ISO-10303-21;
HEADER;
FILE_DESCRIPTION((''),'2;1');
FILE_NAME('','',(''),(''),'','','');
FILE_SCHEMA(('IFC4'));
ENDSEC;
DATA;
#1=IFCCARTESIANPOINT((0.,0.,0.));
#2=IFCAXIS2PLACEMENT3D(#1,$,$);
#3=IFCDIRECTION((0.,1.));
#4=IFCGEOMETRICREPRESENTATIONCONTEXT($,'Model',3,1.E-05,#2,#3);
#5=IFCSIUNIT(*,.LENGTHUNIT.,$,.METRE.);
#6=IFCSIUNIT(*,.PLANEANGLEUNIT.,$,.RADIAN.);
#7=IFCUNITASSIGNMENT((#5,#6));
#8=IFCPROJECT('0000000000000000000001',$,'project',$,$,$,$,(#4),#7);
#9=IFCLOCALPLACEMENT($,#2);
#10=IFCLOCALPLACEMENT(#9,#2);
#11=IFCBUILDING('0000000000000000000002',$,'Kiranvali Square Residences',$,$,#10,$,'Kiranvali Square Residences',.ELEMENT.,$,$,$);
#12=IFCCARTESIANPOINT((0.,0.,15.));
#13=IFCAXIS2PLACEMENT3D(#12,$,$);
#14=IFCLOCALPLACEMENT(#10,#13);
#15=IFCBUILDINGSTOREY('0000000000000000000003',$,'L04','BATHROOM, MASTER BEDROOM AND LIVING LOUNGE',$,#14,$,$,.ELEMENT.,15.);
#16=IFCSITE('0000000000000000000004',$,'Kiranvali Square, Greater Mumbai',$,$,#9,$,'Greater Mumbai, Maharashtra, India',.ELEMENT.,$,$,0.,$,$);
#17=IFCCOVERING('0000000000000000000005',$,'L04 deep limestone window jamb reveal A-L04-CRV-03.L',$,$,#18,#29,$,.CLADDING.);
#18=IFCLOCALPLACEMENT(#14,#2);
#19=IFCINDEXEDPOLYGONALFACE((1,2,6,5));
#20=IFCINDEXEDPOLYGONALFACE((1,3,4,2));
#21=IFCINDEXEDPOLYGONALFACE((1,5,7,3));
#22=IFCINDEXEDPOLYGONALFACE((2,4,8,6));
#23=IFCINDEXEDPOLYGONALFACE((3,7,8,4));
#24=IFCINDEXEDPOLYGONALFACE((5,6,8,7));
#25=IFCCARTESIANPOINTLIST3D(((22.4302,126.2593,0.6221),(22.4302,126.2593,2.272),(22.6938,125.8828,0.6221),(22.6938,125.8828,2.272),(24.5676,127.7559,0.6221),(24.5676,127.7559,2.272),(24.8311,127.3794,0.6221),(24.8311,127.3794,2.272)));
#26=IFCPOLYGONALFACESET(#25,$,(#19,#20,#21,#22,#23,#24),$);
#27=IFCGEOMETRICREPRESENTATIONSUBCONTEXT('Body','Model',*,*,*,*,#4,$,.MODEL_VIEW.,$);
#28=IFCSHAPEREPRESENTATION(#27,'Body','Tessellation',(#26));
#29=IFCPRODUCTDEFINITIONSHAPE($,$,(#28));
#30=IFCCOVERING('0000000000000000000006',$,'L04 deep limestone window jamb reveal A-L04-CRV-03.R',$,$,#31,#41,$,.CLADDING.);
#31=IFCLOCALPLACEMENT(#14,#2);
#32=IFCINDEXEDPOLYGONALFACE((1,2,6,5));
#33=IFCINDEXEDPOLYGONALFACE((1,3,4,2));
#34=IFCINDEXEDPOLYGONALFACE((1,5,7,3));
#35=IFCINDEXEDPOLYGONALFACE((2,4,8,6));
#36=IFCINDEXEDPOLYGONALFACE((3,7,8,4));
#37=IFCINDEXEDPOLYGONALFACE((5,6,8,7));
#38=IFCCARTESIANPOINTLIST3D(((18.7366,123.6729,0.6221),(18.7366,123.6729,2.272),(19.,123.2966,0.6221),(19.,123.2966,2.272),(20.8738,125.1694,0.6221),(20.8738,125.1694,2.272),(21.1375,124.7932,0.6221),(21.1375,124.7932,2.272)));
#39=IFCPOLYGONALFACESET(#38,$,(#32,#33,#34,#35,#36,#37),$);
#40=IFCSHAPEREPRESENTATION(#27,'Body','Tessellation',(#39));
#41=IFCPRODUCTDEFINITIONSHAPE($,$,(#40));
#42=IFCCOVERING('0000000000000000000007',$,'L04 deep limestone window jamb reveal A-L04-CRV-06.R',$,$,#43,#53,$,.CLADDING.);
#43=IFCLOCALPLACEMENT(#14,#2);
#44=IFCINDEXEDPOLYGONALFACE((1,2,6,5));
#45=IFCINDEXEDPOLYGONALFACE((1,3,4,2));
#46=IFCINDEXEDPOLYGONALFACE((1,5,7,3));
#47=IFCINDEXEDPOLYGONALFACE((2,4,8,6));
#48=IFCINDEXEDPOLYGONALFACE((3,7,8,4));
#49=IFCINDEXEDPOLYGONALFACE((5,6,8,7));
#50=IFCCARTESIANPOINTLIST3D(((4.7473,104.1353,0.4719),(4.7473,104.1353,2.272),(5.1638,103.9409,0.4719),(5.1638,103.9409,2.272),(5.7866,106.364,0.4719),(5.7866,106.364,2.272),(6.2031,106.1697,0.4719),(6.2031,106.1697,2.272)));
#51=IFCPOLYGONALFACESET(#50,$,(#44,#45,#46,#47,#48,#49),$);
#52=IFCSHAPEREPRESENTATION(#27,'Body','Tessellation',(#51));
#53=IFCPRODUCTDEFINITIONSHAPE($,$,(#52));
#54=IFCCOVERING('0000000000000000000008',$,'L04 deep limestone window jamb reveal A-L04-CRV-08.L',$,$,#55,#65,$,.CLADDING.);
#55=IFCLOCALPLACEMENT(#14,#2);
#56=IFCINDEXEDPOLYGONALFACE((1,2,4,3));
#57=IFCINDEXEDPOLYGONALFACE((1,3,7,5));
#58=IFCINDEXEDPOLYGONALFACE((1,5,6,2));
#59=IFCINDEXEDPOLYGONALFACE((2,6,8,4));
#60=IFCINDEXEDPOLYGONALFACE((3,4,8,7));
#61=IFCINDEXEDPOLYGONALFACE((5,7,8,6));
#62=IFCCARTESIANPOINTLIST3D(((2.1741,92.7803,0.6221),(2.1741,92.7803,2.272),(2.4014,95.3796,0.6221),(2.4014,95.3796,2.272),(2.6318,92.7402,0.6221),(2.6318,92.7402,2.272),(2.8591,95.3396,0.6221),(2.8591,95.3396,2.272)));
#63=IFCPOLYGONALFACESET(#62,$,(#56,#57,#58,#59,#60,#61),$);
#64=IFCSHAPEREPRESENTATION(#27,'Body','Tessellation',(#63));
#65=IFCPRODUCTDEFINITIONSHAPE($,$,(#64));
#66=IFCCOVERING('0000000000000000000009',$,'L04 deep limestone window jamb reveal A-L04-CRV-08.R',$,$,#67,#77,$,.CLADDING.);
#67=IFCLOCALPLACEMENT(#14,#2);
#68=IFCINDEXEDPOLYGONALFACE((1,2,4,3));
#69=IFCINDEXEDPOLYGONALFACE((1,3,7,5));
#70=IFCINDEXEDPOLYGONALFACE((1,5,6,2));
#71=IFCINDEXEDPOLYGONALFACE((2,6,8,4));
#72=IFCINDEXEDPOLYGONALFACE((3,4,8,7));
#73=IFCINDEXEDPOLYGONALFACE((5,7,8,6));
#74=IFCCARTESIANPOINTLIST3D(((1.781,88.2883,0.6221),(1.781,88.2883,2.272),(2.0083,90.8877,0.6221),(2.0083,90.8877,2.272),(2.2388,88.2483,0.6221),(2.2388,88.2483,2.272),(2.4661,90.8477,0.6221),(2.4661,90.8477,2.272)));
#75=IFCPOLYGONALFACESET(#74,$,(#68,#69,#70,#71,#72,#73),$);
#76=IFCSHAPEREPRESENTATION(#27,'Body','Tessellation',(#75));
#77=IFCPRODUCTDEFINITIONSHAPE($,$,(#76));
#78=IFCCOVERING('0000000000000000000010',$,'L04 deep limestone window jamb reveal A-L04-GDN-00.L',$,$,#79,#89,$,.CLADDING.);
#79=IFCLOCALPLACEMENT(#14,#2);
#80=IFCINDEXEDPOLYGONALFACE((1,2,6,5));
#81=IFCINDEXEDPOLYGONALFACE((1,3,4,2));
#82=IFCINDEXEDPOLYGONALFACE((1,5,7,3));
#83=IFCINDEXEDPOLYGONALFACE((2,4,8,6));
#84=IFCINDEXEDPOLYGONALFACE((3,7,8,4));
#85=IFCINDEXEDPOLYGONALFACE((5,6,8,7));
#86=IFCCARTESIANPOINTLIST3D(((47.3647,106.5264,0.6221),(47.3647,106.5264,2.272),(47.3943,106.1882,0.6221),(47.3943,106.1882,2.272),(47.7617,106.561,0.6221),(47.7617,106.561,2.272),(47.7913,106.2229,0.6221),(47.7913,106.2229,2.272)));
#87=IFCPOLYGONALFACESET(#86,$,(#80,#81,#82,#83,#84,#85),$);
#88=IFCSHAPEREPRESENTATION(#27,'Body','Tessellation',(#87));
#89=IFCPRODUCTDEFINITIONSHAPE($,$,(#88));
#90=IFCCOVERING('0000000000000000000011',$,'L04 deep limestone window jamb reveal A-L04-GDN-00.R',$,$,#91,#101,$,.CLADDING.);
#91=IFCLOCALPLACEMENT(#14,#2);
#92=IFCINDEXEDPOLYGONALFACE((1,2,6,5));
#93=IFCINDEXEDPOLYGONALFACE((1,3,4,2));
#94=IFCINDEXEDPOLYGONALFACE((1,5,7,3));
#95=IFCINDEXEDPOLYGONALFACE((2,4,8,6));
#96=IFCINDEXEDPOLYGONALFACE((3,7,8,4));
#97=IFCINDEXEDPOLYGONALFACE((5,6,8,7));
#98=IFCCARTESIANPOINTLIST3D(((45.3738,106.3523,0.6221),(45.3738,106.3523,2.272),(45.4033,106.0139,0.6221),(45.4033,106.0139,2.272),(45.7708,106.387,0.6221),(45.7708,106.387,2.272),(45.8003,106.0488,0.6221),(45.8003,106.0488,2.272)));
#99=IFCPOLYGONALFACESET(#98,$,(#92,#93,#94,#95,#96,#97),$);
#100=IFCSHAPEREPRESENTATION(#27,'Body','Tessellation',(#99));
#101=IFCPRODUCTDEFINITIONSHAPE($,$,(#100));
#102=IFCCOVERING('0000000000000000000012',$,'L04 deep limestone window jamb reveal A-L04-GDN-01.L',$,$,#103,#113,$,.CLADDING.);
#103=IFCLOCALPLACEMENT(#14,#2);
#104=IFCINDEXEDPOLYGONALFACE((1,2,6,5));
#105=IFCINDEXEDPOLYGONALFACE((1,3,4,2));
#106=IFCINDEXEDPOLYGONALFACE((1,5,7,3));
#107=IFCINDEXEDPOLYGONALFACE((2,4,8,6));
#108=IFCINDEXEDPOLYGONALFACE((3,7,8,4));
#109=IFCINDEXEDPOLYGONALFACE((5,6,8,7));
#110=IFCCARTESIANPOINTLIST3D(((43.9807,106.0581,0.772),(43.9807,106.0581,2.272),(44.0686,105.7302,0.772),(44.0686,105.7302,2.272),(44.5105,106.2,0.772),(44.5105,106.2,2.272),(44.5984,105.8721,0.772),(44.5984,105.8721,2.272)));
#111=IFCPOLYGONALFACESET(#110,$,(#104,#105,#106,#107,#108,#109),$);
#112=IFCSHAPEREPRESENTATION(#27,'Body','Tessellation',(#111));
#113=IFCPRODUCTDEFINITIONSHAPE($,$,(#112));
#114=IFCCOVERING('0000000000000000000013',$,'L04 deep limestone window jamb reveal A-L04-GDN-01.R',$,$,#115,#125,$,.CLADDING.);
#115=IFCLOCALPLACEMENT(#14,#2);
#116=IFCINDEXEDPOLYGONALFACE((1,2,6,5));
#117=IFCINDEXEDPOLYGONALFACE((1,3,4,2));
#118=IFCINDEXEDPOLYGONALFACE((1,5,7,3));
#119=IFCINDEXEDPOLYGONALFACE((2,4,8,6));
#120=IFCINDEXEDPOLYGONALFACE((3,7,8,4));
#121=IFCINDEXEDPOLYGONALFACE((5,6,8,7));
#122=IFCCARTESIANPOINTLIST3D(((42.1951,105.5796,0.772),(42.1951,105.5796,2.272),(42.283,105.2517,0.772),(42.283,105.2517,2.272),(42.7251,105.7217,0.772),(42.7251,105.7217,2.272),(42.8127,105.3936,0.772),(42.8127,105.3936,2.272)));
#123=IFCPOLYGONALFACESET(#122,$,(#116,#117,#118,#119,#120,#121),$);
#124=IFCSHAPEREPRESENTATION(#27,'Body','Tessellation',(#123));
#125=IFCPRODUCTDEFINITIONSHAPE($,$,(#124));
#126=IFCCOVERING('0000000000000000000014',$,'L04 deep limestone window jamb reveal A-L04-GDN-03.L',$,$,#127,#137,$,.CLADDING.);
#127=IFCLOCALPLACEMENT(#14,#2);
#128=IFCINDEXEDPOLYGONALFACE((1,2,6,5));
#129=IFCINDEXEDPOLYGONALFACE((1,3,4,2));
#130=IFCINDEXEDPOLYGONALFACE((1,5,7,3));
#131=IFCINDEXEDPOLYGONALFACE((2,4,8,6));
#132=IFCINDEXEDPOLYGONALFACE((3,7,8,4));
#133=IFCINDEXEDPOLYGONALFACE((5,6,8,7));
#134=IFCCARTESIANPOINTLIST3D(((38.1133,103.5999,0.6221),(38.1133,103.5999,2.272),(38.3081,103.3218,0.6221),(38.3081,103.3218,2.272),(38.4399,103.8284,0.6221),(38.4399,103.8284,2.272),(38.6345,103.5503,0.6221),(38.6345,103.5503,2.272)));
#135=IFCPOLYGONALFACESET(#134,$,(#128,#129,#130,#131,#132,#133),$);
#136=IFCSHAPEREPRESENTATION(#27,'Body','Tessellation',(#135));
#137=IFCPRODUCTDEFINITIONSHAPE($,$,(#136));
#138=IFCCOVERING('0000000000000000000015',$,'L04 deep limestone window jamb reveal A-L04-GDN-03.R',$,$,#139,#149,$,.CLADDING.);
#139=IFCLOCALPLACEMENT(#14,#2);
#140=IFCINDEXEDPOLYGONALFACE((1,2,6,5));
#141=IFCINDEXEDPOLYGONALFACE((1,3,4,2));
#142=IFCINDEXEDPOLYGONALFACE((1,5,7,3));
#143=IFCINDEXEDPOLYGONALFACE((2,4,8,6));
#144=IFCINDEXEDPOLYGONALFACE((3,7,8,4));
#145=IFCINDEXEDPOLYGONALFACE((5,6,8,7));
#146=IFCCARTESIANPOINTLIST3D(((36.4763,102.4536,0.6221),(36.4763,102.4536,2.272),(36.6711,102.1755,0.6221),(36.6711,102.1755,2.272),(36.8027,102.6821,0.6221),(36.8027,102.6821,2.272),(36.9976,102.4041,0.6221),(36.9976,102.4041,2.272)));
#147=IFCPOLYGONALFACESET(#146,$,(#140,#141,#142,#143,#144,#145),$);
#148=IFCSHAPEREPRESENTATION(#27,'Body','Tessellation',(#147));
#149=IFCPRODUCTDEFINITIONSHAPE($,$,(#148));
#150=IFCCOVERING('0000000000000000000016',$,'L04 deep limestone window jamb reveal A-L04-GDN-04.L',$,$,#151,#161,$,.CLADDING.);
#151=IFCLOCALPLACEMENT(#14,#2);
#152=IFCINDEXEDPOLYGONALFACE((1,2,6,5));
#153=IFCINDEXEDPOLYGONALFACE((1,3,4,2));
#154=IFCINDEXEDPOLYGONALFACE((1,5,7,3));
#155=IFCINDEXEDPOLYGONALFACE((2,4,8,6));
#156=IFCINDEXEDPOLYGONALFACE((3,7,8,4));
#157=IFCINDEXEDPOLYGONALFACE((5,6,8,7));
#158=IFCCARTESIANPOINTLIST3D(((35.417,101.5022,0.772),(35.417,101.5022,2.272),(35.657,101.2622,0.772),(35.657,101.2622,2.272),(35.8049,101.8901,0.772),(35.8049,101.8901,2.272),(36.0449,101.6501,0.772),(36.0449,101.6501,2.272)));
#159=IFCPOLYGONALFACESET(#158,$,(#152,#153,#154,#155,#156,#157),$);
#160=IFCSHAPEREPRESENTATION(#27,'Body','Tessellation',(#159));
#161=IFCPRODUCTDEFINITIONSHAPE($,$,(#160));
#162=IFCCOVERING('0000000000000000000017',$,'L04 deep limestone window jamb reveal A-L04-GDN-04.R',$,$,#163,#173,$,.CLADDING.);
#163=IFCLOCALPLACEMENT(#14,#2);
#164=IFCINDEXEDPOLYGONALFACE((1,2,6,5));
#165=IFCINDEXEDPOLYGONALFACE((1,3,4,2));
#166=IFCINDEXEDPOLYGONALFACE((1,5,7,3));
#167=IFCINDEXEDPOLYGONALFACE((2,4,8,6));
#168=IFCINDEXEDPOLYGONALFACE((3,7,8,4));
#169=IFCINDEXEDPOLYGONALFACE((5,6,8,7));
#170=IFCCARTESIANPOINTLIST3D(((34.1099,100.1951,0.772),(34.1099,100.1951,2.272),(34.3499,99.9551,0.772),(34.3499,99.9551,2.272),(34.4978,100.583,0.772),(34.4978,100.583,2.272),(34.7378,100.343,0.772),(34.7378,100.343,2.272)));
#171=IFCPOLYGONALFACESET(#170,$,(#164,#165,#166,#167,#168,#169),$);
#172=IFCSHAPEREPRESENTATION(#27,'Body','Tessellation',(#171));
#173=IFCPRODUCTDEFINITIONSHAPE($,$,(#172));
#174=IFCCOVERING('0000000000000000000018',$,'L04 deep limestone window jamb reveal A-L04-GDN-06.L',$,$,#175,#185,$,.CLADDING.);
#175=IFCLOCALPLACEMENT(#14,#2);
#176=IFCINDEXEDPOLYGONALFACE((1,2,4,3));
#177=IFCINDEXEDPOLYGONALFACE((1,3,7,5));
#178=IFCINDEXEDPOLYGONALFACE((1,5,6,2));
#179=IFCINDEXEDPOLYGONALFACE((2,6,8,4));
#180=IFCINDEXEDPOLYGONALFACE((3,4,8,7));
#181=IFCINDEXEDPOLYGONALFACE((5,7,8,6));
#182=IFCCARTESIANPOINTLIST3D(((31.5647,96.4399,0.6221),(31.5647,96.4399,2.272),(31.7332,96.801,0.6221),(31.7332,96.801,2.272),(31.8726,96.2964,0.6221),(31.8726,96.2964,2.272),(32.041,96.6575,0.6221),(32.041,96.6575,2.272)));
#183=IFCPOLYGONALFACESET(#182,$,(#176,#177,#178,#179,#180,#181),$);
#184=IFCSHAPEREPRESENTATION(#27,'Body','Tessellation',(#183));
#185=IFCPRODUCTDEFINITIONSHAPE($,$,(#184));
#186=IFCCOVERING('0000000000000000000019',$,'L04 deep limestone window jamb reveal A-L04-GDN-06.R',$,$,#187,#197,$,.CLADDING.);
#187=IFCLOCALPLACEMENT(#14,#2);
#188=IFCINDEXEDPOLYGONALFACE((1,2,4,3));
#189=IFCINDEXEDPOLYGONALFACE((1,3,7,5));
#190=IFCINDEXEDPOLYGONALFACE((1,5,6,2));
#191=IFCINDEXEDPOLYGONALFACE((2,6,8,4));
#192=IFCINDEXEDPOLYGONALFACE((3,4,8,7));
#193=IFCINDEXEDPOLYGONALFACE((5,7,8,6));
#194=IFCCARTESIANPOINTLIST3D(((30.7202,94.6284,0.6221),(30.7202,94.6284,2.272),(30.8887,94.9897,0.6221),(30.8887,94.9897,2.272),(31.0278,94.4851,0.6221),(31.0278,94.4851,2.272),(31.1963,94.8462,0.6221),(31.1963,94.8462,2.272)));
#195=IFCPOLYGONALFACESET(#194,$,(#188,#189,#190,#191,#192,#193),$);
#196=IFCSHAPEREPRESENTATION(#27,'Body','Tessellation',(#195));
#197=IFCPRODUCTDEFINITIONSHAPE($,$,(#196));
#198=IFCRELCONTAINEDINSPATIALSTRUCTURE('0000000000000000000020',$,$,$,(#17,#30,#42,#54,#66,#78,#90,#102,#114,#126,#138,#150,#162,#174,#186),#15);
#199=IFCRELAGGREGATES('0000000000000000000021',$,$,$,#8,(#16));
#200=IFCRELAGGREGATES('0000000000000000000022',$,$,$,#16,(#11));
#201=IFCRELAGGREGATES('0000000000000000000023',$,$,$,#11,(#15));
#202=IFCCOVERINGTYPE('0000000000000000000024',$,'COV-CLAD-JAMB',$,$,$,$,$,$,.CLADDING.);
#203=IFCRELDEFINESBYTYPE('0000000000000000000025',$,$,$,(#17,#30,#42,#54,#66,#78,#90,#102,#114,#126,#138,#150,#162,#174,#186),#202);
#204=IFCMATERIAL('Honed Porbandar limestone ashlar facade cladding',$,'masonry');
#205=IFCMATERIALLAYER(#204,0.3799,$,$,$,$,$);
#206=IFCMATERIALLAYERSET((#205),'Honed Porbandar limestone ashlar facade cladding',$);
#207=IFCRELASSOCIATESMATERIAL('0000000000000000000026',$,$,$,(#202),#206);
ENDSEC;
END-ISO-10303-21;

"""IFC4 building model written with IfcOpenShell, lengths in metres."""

from ifc_helpers import new_model, si_unit, direction, frame, origin, place, context, subcontext, project, spatial, polyline, outline, extrude, material, layer, layer_set, type_object, element, save


model = new_model("IFC4")

# Units and contexts
model_context = context("Model", 3, precision=1e-05, world=origin(), true_north=direction((0.0, 1.0)))
body_context = subcontext(model_context, "Body", "Model", "MODEL_VIEW")
ifc_project = project(units=[si_unit("LENGTHUNIT", "METRE"), si_unit("PLANEANGLEUNIT", "RADIAN")], contexts=[model_context])

# Site, building, storey
site_placement = place(None, origin())
site = spatial("IfcSite", under=ifc_project, at=site_placement, Name="Kiranvali Square, Greater Mumbai", LongName="Greater Mumbai, Maharashtra, India", CompositionType="ELEMENT", RefElevation=0.0)
building_placement = place(site_placement, origin())
building = spatial("IfcBuilding", under=site, at=building_placement, Name="Kiranvali Square Residences", LongName="Kiranvali Square Residences", CompositionType="ELEMENT")
storey_placement = place(building_placement, frame((0.0, 0.0, 15.0)))
storey = spatial("IfcBuildingStorey", under=building, at=storey_placement, Name="L04", Description="BATHROOM, MASTER BEDROOM AND LIVING LOUNGE", CompositionType="ELEMENT", Elevation=15.0)

# Coverings
ifc_material = material(Name="Honed Porbandar limestone ashlar facade cladding", Category="masonry")
ifc_layer = layer(ifc_material, 0.3799)
ifc_layer_set = layer_set([ifc_layer], Name="Honed Porbandar limestone ashlar facade cladding")
covering_type = type_object("IfcCoveringType", Name="COV-CLAD-JAMB", PredefinedType="CLADDING", material=ifc_layer_set)
covering_1_placement = place(storey_placement, frame((0.0, 0.0, 0.6221)))
element("IfcCovering", 1, at=covering_1_placement, inside=storey, type_object=covering_type, Name="L04 deep limestone window jamb reveal A-L04-CRV-03.L", PredefinedType="CLADDING", context=body_context, shape_type="SweptSolid", body=[
    extrude(outline(polyline([(24.5676, 127.7559), (22.4302, 126.2593), (22.6938, 125.8828), (24.8311, 127.3794), (24.5676, 127.7559)])), origin(), (0.0, 0.0, 1.0), 1.6499),
])
covering_2_placement = place(storey_placement, frame((0.0, 0.0, 0.6221)))
element("IfcCovering", 2, at=covering_2_placement, inside=storey, type_object=covering_type, Name="L04 deep limestone window jamb reveal A-L04-CRV-03.R", PredefinedType="CLADDING", context=body_context, shape_type="SweptSolid", body=[
    extrude(outline(polyline([(20.8738, 125.1694), (18.7366, 123.6729), (19.0, 123.2966), (21.1375, 124.7932), (20.8738, 125.1694)])), origin(), (0.0, 0.0, 1.0), 1.6499),
])
covering_3_placement = place(storey_placement, frame((0.0, 0.0, 0.4719)))
element("IfcCovering", 3, at=covering_3_placement, inside=storey, type_object=covering_type, Name="L04 deep limestone window jamb reveal A-L04-CRV-06.R", PredefinedType="CLADDING", context=body_context, shape_type="SweptSolid", body=[
    extrude(outline(polyline([(5.7866, 106.364), (4.7473, 104.1353), (5.1638, 103.9409), (6.2031, 106.1697), (5.7866, 106.364)])), origin(), (0.0, 0.0, 1.0), 1.8),
])
covering_4_placement = place(storey_placement, frame((0.0, 0.0, 0.6221)))
element("IfcCovering", 4, at=covering_4_placement, inside=storey, type_object=covering_type, Name="L04 deep limestone window jamb reveal A-L04-CRV-08.L", PredefinedType="CLADDING", context=body_context, shape_type="SweptSolid", body=[
    extrude(outline(polyline([(2.4014, 95.3796), (2.1741, 92.7803), (2.6318, 92.7402), (2.8591, 95.3396), (2.4014, 95.3796)])), origin(), (0.0, 0.0, 1.0), 1.6499),
])
covering_5_placement = place(storey_placement, frame((0.0, 0.0, 0.6221)))
element("IfcCovering", 5, at=covering_5_placement, inside=storey, type_object=covering_type, Name="L04 deep limestone window jamb reveal A-L04-CRV-08.R", PredefinedType="CLADDING", context=body_context, shape_type="SweptSolid", body=[
    extrude(outline(polyline([(2.0083, 90.8877), (1.781, 88.2883), (2.2388, 88.2483), (2.4661, 90.8477), (2.0083, 90.8877)])), origin(), (0.0, 0.0, 1.0), 1.6499),
])
covering_6_placement = place(storey_placement, frame((0.0, 0.0, 0.6221)))
element("IfcCovering", 6, at=covering_6_placement, inside=storey, type_object=covering_type, Name="L04 deep limestone window jamb reveal A-L04-GDN-00.L", PredefinedType="CLADDING", context=body_context, shape_type="SweptSolid", body=[
    extrude(outline(polyline([(47.7617, 106.561), (47.3647, 106.5264), (47.3943, 106.1882), (47.7913, 106.2229), (47.7617, 106.561)])), origin(), (0.0, 0.0, 1.0), 1.6499),
])
covering_7_placement = place(storey_placement, frame((0.0, 0.0, 0.6221)))
element("IfcCovering", 7, at=covering_7_placement, inside=storey, type_object=covering_type, Name="L04 deep limestone window jamb reveal A-L04-GDN-00.R", PredefinedType="CLADDING", context=body_context, shape_type="SweptSolid", body=[
    extrude(outline(polyline([(45.7708, 106.387), (45.3738, 106.3523), (45.4033, 106.0139), (45.8003, 106.0488), (45.7708, 106.387)])), origin(), (0.0, 0.0, 1.0), 1.6499),
])
covering_8_placement = place(storey_placement, frame((0.0, 0.0, 0.772)))
element("IfcCovering", 8, at=covering_8_placement, inside=storey, type_object=covering_type, Name="L04 deep limestone window jamb reveal A-L04-GDN-01.L", PredefinedType="CLADDING", context=body_context, shape_type="SweptSolid", body=[
    extrude(outline(polyline([(44.5105, 106.2), (43.9807, 106.0581), (44.0686, 105.7302), (44.5984, 105.8721), (44.5105, 106.2)])), origin(), (0.0, 0.0, 1.0), 1.5),
])
covering_9_placement = place(storey_placement, frame((0.0, 0.0, 0.772)))
element("IfcCovering", 9, at=covering_9_placement, inside=storey, type_object=covering_type, Name="L04 deep limestone window jamb reveal A-L04-GDN-01.R", PredefinedType="CLADDING", context=body_context, shape_type="SweptSolid", body=[
    extrude(outline(polyline([(42.7251, 105.7217), (42.1951, 105.5796), (42.283, 105.2517), (42.8127, 105.3936), (42.7251, 105.7217)])), origin(), (0.0, 0.0, 1.0), 1.5),
])
covering_10_placement = place(storey_placement, frame((0.0, 0.0, 0.6221)))
element("IfcCovering", 10, at=covering_10_placement, inside=storey, type_object=covering_type, Name="L04 deep limestone window jamb reveal A-L04-GDN-03.L", PredefinedType="CLADDING", context=body_context, shape_type="SweptSolid", body=[
    extrude(outline(polyline([(38.4399, 103.8284), (38.1133, 103.5999), (38.3081, 103.3218), (38.6345, 103.5503), (38.4399, 103.8284)])), origin(), (0.0, 0.0, 1.0), 1.6499),
])
covering_11_placement = place(storey_placement, frame((0.0, 0.0, 0.6221)))
element("IfcCovering", 11, at=covering_11_placement, inside=storey, type_object=covering_type, Name="L04 deep limestone window jamb reveal A-L04-GDN-03.R", PredefinedType="CLADDING", context=body_context, shape_type="SweptSolid", body=[
    extrude(outline(polyline([(36.8027, 102.6821), (36.4763, 102.4536), (36.6711, 102.1755), (36.9976, 102.4041), (36.8027, 102.6821)])), origin(), (0.0, 0.0, 1.0), 1.6499),
])
covering_12_placement = place(storey_placement, frame((0.0, 0.0, 0.772)))
element("IfcCovering", 12, at=covering_12_placement, inside=storey, type_object=covering_type, Name="L04 deep limestone window jamb reveal A-L04-GDN-04.L", PredefinedType="CLADDING", context=body_context, shape_type="SweptSolid", body=[
    extrude(outline(polyline([(35.8049, 101.8901), (35.417, 101.5022), (35.657, 101.2622), (36.0449, 101.6501), (35.8049, 101.8901)])), origin(), (0.0, 0.0, 1.0), 1.5),
])
covering_13_placement = place(storey_placement, frame((0.0, 0.0, 0.772)))
element("IfcCovering", 13, at=covering_13_placement, inside=storey, type_object=covering_type, Name="L04 deep limestone window jamb reveal A-L04-GDN-04.R", PredefinedType="CLADDING", context=body_context, shape_type="SweptSolid", body=[
    extrude(outline(polyline([(34.4978, 100.583), (34.1099, 100.1951), (34.3499, 99.9551), (34.7378, 100.343), (34.4978, 100.583)])), origin(), (0.0, 0.0, 1.0), 1.5),
])
covering_14_placement = place(storey_placement, frame((0.0, 0.0, 0.6221)))
element("IfcCovering", 14, at=covering_14_placement, inside=storey, type_object=covering_type, Name="L04 deep limestone window jamb reveal A-L04-GDN-06.L", PredefinedType="CLADDING", context=body_context, shape_type="SweptSolid", body=[
    extrude(outline(polyline([(31.7332, 96.801), (31.5647, 96.4399), (31.8726, 96.2964), (32.041, 96.6575), (31.7332, 96.801)])), origin(), (0.0, 0.0, 1.0), 1.6499),
])
covering_15_placement = place(storey_placement, frame((0.0, 0.0, 0.6221)))
element("IfcCovering", 15, at=covering_15_placement, inside=storey, type_object=covering_type, Name="L04 deep limestone window jamb reveal A-L04-GDN-06.R", PredefinedType="CLADDING", context=body_context, shape_type="SweptSolid", body=[
    extrude(outline(polyline([(30.8887, 94.9897), (30.7202, 94.6284), (31.0278, 94.4851), (31.1963, 94.8462), (30.8887, 94.9897)])), origin(), (0.0, 0.0, 1.0), 1.6499),
])

save(model, "model.ifc")
